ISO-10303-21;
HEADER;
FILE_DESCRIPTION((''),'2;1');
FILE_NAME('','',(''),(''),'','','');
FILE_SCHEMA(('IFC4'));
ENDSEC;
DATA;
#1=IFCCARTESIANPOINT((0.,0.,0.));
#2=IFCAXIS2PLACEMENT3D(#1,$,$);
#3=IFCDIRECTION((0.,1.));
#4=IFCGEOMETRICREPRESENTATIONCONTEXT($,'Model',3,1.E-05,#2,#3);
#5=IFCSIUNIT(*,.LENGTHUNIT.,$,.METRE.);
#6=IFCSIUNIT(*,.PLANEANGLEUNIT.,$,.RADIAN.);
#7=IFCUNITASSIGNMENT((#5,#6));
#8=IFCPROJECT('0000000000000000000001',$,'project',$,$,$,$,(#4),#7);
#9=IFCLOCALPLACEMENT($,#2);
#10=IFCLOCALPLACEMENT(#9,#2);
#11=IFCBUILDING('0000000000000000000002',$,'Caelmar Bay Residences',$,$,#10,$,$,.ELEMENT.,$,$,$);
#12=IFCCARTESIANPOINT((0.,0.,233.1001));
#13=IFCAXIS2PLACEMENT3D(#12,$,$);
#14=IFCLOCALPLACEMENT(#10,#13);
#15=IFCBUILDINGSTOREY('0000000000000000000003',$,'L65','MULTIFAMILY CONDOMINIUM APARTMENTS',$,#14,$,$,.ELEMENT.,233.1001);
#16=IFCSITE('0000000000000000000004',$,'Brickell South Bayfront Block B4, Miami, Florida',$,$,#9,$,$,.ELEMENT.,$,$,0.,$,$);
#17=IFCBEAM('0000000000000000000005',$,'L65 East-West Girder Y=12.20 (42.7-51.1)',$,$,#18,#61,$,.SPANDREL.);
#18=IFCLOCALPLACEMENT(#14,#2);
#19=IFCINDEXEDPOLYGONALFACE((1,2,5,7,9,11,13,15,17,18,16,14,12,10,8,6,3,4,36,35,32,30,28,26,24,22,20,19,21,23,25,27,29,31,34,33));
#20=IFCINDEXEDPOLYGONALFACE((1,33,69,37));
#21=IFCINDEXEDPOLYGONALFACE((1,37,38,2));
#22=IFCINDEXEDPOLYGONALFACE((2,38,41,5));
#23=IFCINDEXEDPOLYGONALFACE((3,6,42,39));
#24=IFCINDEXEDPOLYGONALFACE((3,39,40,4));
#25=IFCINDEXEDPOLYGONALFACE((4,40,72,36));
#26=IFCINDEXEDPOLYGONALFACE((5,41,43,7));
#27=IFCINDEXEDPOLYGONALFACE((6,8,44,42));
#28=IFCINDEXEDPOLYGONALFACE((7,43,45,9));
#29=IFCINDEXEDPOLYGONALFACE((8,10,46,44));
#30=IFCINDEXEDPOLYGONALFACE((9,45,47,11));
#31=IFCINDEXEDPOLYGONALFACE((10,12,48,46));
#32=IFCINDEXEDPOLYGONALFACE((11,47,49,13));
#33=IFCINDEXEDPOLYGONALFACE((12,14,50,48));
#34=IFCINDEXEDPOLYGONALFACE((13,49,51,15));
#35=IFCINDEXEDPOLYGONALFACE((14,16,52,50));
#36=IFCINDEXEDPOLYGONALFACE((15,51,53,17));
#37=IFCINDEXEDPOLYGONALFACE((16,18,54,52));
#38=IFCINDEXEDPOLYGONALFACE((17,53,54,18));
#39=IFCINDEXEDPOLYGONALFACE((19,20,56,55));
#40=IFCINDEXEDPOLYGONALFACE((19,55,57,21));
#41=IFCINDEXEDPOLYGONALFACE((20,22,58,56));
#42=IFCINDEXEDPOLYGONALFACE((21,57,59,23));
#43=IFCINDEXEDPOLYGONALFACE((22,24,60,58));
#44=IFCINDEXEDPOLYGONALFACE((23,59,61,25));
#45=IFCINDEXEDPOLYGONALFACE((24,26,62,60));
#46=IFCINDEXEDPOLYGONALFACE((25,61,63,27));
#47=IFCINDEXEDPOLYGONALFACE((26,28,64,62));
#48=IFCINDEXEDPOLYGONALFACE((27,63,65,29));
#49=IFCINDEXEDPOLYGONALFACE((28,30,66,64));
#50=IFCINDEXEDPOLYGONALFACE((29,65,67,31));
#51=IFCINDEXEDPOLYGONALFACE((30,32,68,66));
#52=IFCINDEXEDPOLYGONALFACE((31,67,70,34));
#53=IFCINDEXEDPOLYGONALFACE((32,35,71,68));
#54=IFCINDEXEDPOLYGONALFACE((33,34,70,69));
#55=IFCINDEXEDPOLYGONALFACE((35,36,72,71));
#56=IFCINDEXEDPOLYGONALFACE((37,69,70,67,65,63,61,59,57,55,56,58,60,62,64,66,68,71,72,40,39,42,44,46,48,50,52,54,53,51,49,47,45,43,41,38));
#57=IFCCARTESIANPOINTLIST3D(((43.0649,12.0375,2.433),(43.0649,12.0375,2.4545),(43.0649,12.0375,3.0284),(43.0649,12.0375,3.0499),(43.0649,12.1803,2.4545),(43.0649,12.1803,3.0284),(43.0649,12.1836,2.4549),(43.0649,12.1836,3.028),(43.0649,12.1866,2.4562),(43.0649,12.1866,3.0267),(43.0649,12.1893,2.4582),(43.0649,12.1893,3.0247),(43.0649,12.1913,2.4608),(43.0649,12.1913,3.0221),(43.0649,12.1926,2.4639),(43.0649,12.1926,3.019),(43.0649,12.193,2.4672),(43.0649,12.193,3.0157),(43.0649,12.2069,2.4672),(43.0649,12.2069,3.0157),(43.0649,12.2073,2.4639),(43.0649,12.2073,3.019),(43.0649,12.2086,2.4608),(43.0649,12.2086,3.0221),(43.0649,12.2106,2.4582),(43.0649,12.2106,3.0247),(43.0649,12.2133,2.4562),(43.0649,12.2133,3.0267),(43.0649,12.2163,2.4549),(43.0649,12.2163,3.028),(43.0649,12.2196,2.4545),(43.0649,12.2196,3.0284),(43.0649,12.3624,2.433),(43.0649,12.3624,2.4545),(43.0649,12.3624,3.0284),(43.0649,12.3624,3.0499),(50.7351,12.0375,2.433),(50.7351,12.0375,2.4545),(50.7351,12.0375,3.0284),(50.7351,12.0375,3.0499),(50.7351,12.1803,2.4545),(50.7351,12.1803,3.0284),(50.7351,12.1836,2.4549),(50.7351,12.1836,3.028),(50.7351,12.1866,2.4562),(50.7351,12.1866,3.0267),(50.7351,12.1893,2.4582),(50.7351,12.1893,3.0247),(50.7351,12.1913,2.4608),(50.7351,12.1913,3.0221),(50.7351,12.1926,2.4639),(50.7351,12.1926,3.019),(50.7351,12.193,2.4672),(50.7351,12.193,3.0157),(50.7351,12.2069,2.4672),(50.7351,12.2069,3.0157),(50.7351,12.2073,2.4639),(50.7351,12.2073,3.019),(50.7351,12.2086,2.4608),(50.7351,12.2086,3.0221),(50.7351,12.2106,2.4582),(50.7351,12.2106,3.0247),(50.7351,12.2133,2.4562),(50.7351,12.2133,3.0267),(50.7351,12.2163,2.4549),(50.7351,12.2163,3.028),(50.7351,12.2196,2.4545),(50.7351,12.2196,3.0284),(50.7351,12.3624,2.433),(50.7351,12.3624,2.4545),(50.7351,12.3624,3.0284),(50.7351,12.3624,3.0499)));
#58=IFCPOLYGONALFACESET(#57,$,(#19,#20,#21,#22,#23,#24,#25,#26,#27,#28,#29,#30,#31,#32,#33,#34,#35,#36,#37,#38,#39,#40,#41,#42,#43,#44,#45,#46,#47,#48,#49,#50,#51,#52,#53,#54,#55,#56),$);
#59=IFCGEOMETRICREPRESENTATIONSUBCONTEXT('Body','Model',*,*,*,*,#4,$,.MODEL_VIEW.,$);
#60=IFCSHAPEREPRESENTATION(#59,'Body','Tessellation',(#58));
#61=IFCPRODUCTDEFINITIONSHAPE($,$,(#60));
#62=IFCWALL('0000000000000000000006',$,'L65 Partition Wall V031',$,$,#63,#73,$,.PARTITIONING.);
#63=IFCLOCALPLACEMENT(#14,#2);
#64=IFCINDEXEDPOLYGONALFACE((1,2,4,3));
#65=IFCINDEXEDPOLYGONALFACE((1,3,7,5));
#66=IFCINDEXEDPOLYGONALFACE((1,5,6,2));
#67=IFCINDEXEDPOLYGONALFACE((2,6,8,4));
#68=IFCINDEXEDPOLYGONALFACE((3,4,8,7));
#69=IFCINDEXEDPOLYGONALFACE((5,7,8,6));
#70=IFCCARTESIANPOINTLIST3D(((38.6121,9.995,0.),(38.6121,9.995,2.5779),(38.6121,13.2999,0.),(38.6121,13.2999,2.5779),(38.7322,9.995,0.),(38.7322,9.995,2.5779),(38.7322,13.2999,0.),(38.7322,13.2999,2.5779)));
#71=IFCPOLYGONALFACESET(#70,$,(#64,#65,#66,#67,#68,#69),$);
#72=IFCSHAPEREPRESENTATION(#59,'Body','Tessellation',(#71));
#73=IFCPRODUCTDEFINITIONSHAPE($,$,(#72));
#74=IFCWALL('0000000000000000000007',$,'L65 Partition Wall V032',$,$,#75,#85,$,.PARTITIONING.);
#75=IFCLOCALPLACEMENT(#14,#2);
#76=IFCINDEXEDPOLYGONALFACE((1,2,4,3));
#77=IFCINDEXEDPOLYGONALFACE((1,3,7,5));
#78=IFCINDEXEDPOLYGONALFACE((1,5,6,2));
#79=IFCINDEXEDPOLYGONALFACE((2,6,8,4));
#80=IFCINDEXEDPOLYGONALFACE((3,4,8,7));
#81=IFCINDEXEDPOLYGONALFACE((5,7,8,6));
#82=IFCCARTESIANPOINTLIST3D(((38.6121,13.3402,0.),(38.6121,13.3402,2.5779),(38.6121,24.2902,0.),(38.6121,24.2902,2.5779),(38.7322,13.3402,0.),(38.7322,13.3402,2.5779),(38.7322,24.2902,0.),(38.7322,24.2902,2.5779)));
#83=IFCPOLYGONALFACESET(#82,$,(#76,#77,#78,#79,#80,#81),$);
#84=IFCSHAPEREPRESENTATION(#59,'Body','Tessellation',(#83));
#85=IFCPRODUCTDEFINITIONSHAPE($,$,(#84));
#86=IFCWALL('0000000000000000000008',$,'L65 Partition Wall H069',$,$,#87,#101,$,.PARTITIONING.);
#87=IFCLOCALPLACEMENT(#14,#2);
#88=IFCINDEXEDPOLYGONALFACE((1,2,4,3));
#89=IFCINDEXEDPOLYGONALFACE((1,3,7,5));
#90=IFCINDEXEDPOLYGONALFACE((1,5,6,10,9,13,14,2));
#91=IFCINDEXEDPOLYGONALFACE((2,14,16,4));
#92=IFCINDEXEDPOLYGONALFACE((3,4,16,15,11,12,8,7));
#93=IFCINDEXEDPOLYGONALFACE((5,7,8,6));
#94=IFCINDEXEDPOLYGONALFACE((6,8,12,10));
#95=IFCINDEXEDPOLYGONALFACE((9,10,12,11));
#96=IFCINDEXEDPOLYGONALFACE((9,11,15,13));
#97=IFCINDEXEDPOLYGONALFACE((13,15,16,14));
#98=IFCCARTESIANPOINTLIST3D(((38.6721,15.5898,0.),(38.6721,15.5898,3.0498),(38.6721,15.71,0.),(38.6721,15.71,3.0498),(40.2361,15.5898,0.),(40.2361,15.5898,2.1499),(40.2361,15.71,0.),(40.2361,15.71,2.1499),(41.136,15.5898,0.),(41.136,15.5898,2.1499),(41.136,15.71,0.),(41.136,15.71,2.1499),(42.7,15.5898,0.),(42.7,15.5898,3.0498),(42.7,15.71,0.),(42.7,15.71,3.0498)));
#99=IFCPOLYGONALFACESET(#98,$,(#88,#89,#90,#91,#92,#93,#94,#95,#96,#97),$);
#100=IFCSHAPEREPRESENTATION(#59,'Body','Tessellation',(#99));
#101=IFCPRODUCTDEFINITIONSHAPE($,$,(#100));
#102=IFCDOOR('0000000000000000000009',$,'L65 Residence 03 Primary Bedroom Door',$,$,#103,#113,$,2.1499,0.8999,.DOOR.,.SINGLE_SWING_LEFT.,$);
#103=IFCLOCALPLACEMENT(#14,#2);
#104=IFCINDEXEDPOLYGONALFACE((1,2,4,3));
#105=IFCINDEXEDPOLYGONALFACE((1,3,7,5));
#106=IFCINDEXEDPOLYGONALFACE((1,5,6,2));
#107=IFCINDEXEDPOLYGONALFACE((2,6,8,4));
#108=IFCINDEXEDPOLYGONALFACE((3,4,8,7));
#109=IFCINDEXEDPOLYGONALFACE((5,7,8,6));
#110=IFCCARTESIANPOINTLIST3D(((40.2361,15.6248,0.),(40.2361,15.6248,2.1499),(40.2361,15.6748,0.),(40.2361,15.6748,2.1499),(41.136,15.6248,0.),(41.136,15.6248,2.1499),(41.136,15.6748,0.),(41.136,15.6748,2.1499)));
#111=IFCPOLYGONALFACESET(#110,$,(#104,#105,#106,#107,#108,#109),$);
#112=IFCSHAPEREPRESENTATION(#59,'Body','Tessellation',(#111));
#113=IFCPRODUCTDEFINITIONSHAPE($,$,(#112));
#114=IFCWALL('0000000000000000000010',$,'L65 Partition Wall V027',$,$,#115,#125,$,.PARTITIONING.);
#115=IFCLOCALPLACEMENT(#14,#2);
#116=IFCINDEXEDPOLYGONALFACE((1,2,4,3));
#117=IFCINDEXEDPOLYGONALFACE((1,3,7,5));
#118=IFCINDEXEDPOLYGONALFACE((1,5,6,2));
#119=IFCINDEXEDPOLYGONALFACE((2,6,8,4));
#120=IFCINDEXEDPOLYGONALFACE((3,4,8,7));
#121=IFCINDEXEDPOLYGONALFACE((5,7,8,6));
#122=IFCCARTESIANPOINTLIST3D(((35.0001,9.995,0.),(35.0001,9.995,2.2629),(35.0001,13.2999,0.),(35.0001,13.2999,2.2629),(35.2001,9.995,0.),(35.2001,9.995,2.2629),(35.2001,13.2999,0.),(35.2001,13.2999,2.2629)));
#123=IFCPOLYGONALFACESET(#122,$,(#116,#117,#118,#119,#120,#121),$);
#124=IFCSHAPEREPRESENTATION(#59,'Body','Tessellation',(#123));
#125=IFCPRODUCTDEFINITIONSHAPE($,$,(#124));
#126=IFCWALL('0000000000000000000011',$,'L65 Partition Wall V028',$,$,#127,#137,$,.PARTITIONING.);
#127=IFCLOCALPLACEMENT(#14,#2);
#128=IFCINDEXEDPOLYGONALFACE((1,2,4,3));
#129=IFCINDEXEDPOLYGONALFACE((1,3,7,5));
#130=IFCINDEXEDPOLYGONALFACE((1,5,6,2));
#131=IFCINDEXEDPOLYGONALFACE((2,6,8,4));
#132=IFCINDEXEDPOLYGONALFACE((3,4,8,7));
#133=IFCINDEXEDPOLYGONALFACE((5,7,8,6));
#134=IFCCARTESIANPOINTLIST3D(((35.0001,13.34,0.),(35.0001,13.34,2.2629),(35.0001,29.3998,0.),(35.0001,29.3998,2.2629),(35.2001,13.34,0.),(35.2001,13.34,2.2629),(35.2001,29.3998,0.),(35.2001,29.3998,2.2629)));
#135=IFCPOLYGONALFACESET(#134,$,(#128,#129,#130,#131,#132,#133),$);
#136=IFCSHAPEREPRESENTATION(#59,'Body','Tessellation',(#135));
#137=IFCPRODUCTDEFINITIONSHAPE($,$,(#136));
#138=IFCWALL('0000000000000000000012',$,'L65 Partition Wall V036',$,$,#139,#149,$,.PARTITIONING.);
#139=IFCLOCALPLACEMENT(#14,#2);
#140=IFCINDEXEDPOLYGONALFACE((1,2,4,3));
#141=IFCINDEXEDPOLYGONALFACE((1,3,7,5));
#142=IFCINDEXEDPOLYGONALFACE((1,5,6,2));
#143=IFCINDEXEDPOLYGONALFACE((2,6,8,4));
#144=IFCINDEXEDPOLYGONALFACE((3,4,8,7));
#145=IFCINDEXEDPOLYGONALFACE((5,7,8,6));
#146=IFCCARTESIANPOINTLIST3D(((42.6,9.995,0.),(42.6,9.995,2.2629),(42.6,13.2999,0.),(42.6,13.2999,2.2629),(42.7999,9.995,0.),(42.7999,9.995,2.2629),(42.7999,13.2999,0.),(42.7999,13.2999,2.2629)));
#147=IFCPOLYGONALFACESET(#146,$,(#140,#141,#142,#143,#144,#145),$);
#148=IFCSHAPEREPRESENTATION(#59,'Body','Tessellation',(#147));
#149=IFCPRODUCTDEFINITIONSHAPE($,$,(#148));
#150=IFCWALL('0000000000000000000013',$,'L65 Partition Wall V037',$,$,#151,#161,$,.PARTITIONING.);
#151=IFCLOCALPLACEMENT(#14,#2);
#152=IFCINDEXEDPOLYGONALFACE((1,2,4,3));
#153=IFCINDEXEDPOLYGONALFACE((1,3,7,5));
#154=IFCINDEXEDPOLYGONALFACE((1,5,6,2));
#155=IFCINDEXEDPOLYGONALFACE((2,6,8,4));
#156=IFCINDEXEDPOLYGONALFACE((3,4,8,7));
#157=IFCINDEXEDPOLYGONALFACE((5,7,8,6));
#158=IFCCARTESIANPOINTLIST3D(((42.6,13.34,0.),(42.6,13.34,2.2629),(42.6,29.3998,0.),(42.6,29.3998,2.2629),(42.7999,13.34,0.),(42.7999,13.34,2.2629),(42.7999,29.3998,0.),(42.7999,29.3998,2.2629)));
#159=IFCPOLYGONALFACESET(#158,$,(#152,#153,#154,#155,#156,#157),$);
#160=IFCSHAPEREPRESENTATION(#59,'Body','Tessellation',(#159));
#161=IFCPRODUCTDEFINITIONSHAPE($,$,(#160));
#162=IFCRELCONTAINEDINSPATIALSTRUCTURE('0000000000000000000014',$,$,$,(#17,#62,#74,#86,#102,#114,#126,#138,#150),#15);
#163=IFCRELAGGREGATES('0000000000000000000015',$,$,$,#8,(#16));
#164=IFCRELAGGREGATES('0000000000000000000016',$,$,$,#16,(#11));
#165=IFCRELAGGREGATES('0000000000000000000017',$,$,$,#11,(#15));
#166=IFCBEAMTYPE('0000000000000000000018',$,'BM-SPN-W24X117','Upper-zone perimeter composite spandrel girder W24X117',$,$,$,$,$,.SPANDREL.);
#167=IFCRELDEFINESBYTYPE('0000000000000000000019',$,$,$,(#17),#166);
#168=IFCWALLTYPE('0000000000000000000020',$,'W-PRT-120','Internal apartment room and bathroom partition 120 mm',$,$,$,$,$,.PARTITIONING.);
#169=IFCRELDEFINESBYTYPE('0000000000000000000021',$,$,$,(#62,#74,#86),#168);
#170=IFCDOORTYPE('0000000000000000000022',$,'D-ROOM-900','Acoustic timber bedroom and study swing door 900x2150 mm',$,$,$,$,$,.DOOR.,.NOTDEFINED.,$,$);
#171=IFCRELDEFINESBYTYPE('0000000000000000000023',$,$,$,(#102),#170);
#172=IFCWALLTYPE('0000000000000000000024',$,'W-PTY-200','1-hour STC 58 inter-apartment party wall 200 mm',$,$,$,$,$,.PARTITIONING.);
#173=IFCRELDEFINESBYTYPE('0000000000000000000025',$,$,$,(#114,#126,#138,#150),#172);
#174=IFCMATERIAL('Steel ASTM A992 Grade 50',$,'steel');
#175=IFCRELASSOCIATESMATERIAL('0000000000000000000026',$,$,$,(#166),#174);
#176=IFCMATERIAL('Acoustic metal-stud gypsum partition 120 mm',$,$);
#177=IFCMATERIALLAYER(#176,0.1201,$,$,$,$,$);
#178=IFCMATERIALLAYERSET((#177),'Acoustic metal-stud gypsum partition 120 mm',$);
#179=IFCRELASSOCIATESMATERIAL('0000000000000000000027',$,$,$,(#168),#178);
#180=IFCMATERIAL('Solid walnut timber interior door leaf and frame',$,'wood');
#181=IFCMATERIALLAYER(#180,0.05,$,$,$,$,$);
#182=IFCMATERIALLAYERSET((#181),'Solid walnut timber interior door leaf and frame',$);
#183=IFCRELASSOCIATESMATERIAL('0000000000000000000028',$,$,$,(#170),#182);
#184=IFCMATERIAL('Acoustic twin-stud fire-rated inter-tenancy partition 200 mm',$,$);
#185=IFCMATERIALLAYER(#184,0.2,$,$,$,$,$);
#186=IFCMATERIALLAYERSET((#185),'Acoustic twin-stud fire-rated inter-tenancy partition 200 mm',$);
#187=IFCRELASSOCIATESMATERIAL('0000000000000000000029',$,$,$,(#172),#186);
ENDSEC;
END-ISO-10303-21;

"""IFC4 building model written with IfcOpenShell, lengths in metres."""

from ifc_helpers import new_model, si_unit, direction, frame, frame_2d, origin, origin_2d, place, context, subcontext, project, spatial, rectangle, i_section, extrude, material, layer, layer_set, material_profile, profile_set, type_object, element, fill, save


model = new_model("IFC4")

# Units and contexts
model_context = context("Model", 3, precision=1e-05, world=origin(), true_north=direction((0.0, 1.0)))
body_context = subcontext(model_context, "Body", "Model", "MODEL_VIEW")
ifc_project = project(units=[si_unit("LENGTHUNIT", "METRE"), si_unit("PLANEANGLEUNIT", "RADIAN")], contexts=[model_context])

# Site, building, storey
site_placement = place(None, origin())
site = spatial("IfcSite", under=ifc_project, at=site_placement, Name="Brickell South Bayfront Block B4, Miami, Florida", CompositionType="ELEMENT", RefElevation=0.0)
building_placement = place(site_placement, origin())
building = spatial("IfcBuilding", under=site, at=building_placement, Name="Caelmar Bay Residences", CompositionType="ELEMENT")
storey_placement = place(building_placement, frame((0.0, 0.0, 233.1001)))
storey = spatial("IfcBuildingStorey", under=building, at=storey_placement, Name="L65", Description="MULTIFAMILY CONDOMINIUM APARTMENTS", CompositionType="ELEMENT", Elevation=233.1001)

# Beam
ifc_material_1 = material(Name="Steel ASTM A992 Grade 50", Category="steel")
ifc_material_profile_1 = material_profile(ifc_material_1, i_section(OverallWidth=0.325, OverallDepth=0.6169, WebThickness=0.0139, FlangeThickness=0.0215, FilletRadius=0.0127, at=origin_2d()), Name="W24X117")
ifc_profile_set_1 = profile_set([ifc_material_profile_1], Name="Steel ASTM A992 Grade 50")
beam_type_1 = type_object("IfcBeamType", Name="BM-SPN-W24X117", Description="Upper-zone perimeter composite spandrel girder W24X117", PredefinedType="SPANDREL", material=ifc_profile_set_1)
beam_1_placement = place(storey_placement, frame((43.0649, 12.2, 2.7415), z_axis=(1.0, 0.0, 0.0), x_axis=(0.0, 1.0, 0.0)))
element("IfcBeam", 1, at=beam_1_placement, inside=storey, type_object=beam_type_1, Name="L65 East-West Girder Y=12.20 (42.7-51.1)", PredefinedType="SPANDREL", context=body_context, shape_type="SweptSolid", body=[
    extrude(i_section(OverallWidth=0.325, OverallDepth=0.6169, WebThickness=0.0139, FlangeThickness=0.0215, FilletRadius=0.0127, at=origin_2d()), origin(), (0.0, 0.0, 1.0), 7.6702),
])

# Walls
ifc_material_2 = material(Name="Acoustic metal-stud gypsum partition 120 mm")
ifc_layer_1 = layer(ifc_material_2, 0.1201)
ifc_layer_set_1 = layer_set([ifc_layer_1], Name="Acoustic metal-stud gypsum partition 120 mm")
wall_type_1 = type_object("IfcWallType", Name="W-PRT-120", Description="Internal apartment room and bathroom partition 120 mm", PredefinedType="PARTITIONING", material=ifc_layer_set_1)
wall_1_placement = place(storey_placement, frame((38.6721, 9.9951, 0.0), z_axis=(0.0, 0.0, 1.0), x_axis=(0.0, 1.0, 0.0)))
element("IfcWall", 2, at=wall_1_placement, inside=storey, type_object=wall_type_1, Name="L65 Partition Wall V031", PredefinedType="PARTITIONING", context=body_context, shape_type="SweptSolid", body=[
    extrude(rectangle(XDim=3.3049, YDim=0.1201, at=frame_2d((1.6523, 0.0))), origin(), (0.0, 0.0, 1.0), 2.5779),
])
wall_2_placement = place(storey_placement, frame((38.6721, 13.3401, 0.0), z_axis=(0.0, 0.0, 1.0), x_axis=(0.0, 1.0, 0.0)))
element("IfcWall", 3, at=wall_2_placement, inside=storey, type_object=wall_type_1, Name="L65 Partition Wall V032", PredefinedType="PARTITIONING", context=body_context, shape_type="SweptSolid", body=[
    extrude(rectangle(XDim=10.95, YDim=0.1201, at=frame_2d((5.4751, 0.0))), origin(), (0.0, 0.0, 1.0), 2.5779),
])

# Wall, opening, door
wall_3_placement = place(storey_placement, frame((38.6721, 15.6499, 0.0), z_axis=(0.0, 0.0, 1.0), x_axis=(1.0, 0.0, 0.0)))
wall_3 = element("IfcWall", 4, at=wall_3_placement, inside=storey, type_object=wall_type_1, Name="L65 Partition Wall H069", PredefinedType="PARTITIONING", context=body_context, shape_type="SweptSolid", body=[
    extrude(rectangle(XDim=4.0278, YDim=0.1201, at=frame_2d((2.0139, 0.0))), origin(), (0.0, 0.0, 1.0), 3.0498),
])
opening_placement = place(wall_3_placement, frame((1.564, 0.0, 0.0)))
opening = element("IfcOpeningElement", 5, at=opening_placement, cuts=wall_3, PredefinedType="OPENING", context=body_context, shape_type="SweptSolid", body=[
    extrude(rectangle(XDim=0.8999, YDim=2.1499, at=frame_2d((0.45, 1.075))), frame((0.0, 0.0701, 0.0), z_axis=(0.0, -1.0, 0.0), x_axis=(1.0, 0.0, 0.0)), (0.0, 0.0, 1.0), 0.1401),
])
ifc_material_3 = material(Name="Solid walnut timber interior door leaf and frame", Category="wood")
ifc_layer_2 = layer(ifc_material_3, 0.05)
ifc_layer_set_2 = layer_set([ifc_layer_2], Name="Solid walnut timber interior door leaf and frame")
door_type = type_object("IfcDoorType", Name="D-ROOM-900", Description="Acoustic timber bedroom and study swing door 900x2150 mm", OperationType="NOTDEFINED", PredefinedType="DOOR", material=ifc_layer_set_2)
door_placement = place(opening_placement, origin())
door = element("IfcDoor", 6, at=door_placement, inside=storey, type_object=door_type, Name="L65 Residence 03 Primary Bedroom Door", OperationType="SINGLE_SWING_LEFT", OverallHeight=2.1499, OverallWidth=0.8999, PredefinedType="DOOR", context=body_context, shape_type="SweptSolid", body=[
    extrude(rectangle(XDim=0.8999, YDim=2.1499, at=frame_2d((0.45, 1.075))), frame((0.0, 0.0249, 0.0), z_axis=(0.0, -1.0, 0.0), x_axis=(1.0, 0.0, 0.0)), (0.0, 0.0, 1.0), 0.05),
])
fill(opening, door)

# Walls
ifc_material_4 = material(Name="Acoustic twin-stud fire-rated inter-tenancy partition 200 mm")
ifc_layer_3 = layer(ifc_material_4, 0.2)
ifc_layer_set_3 = layer_set([ifc_layer_3], Name="Acoustic twin-stud fire-rated inter-tenancy partition 200 mm")
wall_type_2 = type_object("IfcWallType", Name="W-PTY-200", Description="1-hour STC 58 inter-apartment party wall 200 mm", PredefinedType="PARTITIONING", material=ifc_layer_set_3)
wall_4_placement = place(storey_placement, frame((35.1001, 9.9951, 0.0), z_axis=(0.0, 0.0, 1.0), x_axis=(0.0, 1.0, 0.0)))
element("IfcWall", 7, at=wall_4_placement, inside=storey, type_object=wall_type_2, Name="L65 Partition Wall V027", PredefinedType="PARTITIONING", context=body_context, shape_type="SweptSolid", body=[
    extrude(rectangle(XDim=3.3049, YDim=0.2, at=frame_2d((1.6523, 0.0))), origin(), (0.0, 0.0, 1.0), 2.2629),
])
wall_5_placement = place(storey_placement, frame((35.1001, 13.3401, 0.0), z_axis=(0.0, 0.0, 1.0), x_axis=(0.0, 1.0, 0.0)))
element("IfcWall", 8, at=wall_5_placement, inside=storey, type_object=wall_type_2, Name="L65 Partition Wall V028", PredefinedType="PARTITIONING", context=body_context, shape_type="SweptSolid", body=[
    extrude(rectangle(XDim=16.0598, YDim=0.2, at=frame_2d((8.0298, 0.0))), origin(), (0.0, 0.0, 1.0), 2.2629),
])
wall_6_placement = place(storey_placement, frame((42.7, 9.9951, 0.0), z_axis=(0.0, 0.0, 1.0), x_axis=(0.0, 1.0, 0.0)))
element("IfcWall", 9, at=wall_6_placement, inside=storey, type_object=wall_type_2, Name="L65 Partition Wall V036", PredefinedType="PARTITIONING", context=body_context, shape_type="SweptSolid", body=[
    extrude(rectangle(XDim=3.3049, YDim=0.2, at=frame_2d((1.6523, 0.0))), origin(), (0.0, 0.0, 1.0), 2.2629),
])
wall_7_placement = place(storey_placement, frame((42.7, 13.3401, 0.0), z_axis=(0.0, 0.0, 1.0), x_axis=(0.0, 1.0, 0.0)))
element("IfcWall", 10, at=wall_7_placement, inside=storey, type_object=wall_type_2, Name="L65 Partition Wall V037", PredefinedType="PARTITIONING", context=body_context, shape_type="SweptSolid", body=[
    extrude(rectangle(XDim=16.0598, YDim=0.2, at=frame_2d((8.0298, 0.0))), origin(), (0.0, 0.0, 1.0), 2.2629),
])

save(model, "model.ifc")
